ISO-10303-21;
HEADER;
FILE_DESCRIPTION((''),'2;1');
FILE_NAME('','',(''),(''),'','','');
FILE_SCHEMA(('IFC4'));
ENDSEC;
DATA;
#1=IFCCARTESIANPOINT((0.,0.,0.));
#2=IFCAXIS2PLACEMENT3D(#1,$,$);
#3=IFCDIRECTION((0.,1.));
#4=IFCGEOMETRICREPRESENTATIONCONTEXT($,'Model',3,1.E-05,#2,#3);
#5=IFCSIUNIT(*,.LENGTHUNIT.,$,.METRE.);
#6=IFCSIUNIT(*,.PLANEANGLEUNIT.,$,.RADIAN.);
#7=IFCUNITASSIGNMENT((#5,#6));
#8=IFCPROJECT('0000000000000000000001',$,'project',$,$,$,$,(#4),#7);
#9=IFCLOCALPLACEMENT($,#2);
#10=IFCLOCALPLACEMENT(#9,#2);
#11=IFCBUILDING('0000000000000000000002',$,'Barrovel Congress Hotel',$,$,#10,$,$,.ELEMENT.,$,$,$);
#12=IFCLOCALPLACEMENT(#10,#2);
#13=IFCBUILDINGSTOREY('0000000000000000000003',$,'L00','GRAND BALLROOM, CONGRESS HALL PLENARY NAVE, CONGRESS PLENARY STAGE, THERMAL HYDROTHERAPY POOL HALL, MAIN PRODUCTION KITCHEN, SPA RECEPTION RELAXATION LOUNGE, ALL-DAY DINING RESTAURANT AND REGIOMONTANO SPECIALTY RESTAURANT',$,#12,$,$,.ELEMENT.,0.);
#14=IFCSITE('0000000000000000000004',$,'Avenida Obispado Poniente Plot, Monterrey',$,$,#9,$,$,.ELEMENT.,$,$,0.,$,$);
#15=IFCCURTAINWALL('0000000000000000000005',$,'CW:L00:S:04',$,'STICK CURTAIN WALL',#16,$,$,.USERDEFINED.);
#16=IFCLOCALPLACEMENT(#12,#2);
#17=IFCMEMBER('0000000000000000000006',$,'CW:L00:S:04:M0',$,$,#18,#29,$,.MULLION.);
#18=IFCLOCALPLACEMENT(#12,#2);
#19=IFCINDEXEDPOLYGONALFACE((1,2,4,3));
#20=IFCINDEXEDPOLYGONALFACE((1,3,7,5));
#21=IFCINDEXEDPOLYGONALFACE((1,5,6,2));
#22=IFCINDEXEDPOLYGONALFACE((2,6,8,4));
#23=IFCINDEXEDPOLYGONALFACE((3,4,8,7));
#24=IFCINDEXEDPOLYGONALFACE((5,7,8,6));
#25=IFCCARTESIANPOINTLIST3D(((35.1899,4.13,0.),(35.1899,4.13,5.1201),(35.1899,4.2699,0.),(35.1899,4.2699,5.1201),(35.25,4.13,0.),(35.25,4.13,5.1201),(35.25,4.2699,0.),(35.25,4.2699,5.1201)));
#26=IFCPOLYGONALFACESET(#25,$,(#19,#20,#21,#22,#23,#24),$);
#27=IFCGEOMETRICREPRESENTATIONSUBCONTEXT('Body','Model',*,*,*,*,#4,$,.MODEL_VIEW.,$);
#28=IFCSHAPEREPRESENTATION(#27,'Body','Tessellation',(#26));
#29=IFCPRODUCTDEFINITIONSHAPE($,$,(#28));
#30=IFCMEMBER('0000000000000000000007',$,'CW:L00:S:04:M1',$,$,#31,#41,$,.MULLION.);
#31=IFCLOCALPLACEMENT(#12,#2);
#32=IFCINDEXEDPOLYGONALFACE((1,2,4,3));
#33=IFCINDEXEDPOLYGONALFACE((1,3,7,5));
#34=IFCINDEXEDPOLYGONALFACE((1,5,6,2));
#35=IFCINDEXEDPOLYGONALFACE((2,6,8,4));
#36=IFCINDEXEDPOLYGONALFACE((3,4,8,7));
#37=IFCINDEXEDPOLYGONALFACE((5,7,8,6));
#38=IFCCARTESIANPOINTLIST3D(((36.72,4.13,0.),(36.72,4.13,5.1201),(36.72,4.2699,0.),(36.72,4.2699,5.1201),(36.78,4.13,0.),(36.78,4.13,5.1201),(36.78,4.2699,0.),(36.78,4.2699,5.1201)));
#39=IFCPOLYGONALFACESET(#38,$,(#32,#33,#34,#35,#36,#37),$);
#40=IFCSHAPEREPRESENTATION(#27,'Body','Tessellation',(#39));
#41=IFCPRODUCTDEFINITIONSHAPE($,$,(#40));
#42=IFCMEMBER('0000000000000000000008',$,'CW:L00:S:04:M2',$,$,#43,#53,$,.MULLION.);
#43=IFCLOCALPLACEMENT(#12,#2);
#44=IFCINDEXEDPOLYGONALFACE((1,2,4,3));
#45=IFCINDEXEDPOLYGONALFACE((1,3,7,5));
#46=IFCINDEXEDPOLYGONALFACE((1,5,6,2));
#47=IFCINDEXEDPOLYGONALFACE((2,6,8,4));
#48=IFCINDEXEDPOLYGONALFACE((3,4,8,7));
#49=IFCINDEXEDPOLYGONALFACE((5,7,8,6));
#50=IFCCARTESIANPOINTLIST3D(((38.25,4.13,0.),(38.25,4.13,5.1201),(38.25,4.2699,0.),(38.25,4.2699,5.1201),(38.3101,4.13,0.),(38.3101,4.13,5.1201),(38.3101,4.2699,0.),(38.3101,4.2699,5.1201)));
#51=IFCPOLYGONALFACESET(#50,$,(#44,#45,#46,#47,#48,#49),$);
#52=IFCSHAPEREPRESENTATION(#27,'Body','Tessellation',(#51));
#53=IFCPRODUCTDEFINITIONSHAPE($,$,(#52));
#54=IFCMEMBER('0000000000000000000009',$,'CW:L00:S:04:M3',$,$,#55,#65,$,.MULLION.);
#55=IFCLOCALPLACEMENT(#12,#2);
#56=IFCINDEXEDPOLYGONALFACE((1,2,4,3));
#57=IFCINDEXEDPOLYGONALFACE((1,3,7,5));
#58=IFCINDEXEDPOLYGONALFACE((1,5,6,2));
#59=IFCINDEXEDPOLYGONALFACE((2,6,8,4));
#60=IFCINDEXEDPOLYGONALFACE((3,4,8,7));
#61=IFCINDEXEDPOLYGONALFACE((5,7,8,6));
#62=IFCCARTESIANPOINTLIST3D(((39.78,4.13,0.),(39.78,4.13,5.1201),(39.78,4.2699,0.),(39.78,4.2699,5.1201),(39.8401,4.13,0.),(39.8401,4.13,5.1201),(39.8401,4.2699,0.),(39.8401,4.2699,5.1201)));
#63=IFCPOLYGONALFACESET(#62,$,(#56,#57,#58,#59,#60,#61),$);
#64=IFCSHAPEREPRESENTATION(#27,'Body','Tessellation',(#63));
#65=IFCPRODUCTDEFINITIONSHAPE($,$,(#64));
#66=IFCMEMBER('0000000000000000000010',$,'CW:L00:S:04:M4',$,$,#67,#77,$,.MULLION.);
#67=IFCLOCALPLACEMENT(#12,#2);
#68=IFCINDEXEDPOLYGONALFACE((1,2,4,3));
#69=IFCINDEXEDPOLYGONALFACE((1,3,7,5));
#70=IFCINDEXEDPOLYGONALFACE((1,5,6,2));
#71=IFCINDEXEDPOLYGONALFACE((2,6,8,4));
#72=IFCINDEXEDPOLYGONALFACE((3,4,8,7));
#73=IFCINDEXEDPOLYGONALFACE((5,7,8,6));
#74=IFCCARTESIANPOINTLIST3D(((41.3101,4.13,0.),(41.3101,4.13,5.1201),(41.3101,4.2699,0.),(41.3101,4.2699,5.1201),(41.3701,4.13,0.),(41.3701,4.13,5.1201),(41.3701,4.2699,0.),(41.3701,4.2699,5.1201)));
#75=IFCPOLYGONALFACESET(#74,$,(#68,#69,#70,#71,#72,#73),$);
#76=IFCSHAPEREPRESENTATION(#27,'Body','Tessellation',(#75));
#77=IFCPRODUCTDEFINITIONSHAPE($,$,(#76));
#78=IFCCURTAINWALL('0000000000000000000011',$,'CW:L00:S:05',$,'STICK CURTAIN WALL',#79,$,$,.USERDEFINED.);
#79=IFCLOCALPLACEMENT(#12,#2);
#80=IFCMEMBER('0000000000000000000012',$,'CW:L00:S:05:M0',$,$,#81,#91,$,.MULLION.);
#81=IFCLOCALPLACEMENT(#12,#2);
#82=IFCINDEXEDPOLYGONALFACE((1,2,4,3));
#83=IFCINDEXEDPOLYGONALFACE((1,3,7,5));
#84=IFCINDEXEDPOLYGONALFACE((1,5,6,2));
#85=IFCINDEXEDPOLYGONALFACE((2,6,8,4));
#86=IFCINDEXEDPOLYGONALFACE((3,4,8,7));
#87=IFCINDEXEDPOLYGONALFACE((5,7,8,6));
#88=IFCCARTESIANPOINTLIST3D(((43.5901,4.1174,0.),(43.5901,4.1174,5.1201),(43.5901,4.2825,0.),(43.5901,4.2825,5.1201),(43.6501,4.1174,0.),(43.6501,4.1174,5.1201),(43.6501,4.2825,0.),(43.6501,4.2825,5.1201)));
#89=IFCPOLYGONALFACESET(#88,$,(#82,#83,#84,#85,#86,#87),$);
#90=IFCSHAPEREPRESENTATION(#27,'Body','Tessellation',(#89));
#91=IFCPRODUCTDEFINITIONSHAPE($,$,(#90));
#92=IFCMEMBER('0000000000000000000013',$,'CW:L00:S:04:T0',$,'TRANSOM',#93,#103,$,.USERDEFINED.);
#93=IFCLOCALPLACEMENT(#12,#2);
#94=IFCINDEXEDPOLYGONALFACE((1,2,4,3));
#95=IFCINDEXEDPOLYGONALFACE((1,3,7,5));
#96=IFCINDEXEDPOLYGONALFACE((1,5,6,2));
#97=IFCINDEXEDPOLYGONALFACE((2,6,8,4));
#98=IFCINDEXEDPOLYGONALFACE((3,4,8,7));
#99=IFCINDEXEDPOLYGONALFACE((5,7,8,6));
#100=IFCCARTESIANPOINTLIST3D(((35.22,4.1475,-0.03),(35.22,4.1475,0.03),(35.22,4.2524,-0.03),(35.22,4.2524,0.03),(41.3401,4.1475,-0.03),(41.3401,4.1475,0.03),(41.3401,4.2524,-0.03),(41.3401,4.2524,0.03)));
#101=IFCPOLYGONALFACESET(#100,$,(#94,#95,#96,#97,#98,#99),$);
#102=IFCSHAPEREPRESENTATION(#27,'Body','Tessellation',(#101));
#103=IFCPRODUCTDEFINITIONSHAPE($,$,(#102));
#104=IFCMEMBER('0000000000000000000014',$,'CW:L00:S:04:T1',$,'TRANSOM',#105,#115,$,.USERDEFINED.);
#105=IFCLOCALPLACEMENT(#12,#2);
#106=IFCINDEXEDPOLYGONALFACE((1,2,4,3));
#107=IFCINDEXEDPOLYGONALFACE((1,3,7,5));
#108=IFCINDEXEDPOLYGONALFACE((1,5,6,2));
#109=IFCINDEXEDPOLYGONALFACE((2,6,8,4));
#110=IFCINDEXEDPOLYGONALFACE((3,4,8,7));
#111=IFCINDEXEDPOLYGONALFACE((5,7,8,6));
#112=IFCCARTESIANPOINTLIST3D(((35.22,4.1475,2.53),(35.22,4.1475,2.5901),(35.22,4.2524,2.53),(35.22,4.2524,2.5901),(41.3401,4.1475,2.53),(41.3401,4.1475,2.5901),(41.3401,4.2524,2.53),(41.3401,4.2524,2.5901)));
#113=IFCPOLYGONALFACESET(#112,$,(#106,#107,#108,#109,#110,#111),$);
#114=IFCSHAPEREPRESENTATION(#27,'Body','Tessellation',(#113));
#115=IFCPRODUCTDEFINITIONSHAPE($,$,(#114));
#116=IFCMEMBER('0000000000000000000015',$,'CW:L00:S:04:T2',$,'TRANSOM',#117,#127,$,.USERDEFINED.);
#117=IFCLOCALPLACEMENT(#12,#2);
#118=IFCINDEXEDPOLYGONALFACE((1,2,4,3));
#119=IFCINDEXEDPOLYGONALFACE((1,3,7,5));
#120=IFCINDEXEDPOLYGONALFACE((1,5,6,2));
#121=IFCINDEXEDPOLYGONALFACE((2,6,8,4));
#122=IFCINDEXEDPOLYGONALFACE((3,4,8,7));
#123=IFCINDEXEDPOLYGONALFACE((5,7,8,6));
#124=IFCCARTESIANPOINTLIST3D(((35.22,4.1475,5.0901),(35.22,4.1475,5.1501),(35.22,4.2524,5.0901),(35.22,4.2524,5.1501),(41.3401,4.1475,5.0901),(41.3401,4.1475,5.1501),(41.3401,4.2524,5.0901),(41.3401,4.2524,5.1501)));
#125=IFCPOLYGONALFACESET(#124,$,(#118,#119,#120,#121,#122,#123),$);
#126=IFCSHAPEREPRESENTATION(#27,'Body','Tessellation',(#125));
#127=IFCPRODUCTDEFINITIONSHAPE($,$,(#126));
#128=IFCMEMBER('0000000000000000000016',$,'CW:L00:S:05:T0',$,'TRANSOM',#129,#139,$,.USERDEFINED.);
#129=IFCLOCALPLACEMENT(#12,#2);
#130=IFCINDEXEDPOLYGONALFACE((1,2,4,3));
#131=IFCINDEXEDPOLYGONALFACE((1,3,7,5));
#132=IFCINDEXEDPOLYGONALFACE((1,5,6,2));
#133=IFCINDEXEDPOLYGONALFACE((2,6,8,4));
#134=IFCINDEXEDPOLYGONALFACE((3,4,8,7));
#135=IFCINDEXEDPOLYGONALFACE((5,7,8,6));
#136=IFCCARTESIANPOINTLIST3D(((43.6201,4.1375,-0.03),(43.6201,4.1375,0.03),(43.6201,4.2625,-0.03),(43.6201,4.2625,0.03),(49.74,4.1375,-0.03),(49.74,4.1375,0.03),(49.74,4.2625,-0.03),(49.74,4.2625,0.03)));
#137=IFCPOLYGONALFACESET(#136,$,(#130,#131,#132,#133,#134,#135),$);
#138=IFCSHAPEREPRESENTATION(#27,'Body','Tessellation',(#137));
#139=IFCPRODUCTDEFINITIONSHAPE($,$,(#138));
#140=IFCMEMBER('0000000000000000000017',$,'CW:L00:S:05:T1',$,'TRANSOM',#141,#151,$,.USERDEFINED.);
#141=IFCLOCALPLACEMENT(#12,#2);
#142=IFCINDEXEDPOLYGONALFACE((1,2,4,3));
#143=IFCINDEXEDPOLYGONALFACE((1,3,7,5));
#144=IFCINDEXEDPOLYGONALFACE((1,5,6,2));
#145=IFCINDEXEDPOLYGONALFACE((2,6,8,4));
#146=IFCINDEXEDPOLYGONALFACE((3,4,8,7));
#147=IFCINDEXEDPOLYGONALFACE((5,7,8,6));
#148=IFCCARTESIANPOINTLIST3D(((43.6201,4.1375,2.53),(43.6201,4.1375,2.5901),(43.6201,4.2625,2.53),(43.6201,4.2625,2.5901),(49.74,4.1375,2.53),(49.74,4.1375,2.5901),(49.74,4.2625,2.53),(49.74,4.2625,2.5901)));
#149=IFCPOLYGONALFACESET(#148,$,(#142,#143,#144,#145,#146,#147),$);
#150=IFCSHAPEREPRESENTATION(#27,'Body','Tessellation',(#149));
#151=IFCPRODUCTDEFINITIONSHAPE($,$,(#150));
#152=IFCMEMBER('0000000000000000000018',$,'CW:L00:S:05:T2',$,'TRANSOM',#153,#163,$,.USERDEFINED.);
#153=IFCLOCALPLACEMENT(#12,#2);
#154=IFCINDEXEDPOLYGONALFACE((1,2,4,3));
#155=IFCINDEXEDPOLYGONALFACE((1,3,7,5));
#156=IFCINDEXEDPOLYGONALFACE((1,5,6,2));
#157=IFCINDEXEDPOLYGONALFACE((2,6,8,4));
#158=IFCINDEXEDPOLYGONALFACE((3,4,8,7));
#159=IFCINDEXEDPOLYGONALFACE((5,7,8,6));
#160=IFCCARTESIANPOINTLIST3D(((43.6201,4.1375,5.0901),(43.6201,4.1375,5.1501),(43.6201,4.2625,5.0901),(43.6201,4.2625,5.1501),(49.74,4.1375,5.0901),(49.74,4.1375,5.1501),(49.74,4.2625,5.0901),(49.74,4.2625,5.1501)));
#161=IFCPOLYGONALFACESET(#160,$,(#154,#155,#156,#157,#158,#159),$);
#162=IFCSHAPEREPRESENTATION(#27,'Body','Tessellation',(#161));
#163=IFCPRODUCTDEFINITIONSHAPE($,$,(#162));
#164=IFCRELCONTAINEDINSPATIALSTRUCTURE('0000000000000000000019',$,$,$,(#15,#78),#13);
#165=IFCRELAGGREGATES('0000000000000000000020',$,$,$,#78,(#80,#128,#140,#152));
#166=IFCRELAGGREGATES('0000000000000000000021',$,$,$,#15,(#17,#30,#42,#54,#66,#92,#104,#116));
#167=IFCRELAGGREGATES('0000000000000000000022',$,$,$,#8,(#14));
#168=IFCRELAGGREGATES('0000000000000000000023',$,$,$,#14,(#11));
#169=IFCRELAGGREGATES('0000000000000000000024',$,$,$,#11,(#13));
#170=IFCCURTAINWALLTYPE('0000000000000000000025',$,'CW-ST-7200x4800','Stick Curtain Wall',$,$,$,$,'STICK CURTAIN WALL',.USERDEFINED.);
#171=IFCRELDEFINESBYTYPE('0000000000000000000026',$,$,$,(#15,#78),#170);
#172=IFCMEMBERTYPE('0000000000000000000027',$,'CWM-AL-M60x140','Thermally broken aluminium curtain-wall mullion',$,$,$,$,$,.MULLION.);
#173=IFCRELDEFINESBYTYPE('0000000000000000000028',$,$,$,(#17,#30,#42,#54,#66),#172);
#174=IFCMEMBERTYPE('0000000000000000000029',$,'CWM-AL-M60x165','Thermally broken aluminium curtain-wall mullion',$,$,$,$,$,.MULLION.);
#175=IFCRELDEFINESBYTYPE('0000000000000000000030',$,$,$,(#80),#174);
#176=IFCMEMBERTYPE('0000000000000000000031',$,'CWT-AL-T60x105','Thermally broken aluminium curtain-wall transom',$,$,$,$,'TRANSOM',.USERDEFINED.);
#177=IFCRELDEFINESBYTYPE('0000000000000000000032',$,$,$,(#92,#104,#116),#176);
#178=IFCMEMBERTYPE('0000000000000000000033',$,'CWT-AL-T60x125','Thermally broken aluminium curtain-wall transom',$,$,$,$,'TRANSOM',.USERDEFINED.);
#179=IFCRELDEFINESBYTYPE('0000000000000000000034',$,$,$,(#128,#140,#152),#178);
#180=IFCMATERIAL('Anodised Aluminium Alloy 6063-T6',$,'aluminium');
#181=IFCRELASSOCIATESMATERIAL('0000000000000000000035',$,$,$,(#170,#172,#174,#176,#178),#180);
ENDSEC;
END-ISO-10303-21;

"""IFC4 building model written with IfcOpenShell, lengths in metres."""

from ifc_helpers import new_model, si_unit, direction, frame, origin, origin_2d, place, context, subcontext, project, spatial, rectangle, extrude, material, material_profile, profile_set, type_object, element, aggregate, save


model = new_model("IFC4")

# Units and contexts
model_context = context("Model", 3, precision=1e-05, world=origin(), true_north=direction((0.0, 1.0)))
body_context = subcontext(model_context, "Body", "Model", "MODEL_VIEW")
ifc_project = project(units=[si_unit("LENGTHUNIT", "METRE"), si_unit("PLANEANGLEUNIT", "RADIAN")], contexts=[model_context])

# Site, building, storey
site_placement = place(None, origin())
site = spatial("IfcSite", under=ifc_project, at=site_placement, Name="Avenida Obispado Poniente Plot, Monterrey", CompositionType="ELEMENT", RefElevation=0.0)
building_placement = place(site_placement, origin())
building = spatial("IfcBuilding", under=site, at=building_placement, Name="Barrovel Congress Hotel", CompositionType="ELEMENT")
storey_placement = place(building_placement, origin())
storey = spatial("IfcBuildingStorey", under=building, at=storey_placement, Name="L00", Description="GRAND BALLROOM, CONGRESS HALL PLENARY NAVE, CONGRESS PLENARY STAGE, THERMAL HYDROTHERAPY POOL HALL, MAIN PRODUCTION KITCHEN, SPA RECEPTION RELAXATION LOUNGE, ALL-DAY DINING RESTAURANT AND REGIOMONTANO SPECIALTY RESTAURANT", CompositionType="ELEMENT", Elevation=0.0)

# Curtain wall, members
ifc_material_1 = material(Name="Anodised Aluminium Alloy 6063-T6", Category="aluminium")
curtain_wall_type = type_object("IfcCurtainWallType", Name="CW-ST-7200x4800", Description="Stick Curtain Wall", ElementType="STICK CURTAIN WALL", PredefinedType="USERDEFINED", material=ifc_material_1)
curtain_wall_1_placement = place(storey_placement, origin())
curtain_wall_1 = element("IfcCurtainWall", 1, at=curtain_wall_1_placement, inside=storey, type_object=curtain_wall_type, Name="CW:L00:S:04", ObjectType="STICK CURTAIN WALL", PredefinedType="USERDEFINED")
ifc_material_profile_1 = material_profile(ifc_material_1, rectangle(XDim=0.0601, YDim=0.1399, at=origin_2d()), Name="AL-M60x140")
ifc_profile_set_1 = profile_set([ifc_material_profile_1], Name="Anodised Aluminium Alloy 6063-T6")
member_type_1 = type_object("IfcMemberType", Name="CWM-AL-M60x140", Description="Thermally broken aluminium curtain-wall mullion", PredefinedType="MULLION", material=ifc_profile_set_1)
member_1_placement = place(storey_placement, frame((35.22, 4.2, 0.0), z_axis=(0.0, 0.0, 1.0), x_axis=(1.0, 0.0, 0.0)))
member_1 = element("IfcMember", 2, at=member_1_placement, type_object=member_type_1, Name="CW:L00:S:04:M0", PredefinedType="MULLION", context=body_context, shape_type="SweptSolid", body=[
    extrude(rectangle(XDim=0.0601, YDim=0.1399, at=origin_2d()), origin(), (0.0, 0.0, 1.0), 5.1201),
])
member_2_placement = place(storey_placement, frame((36.75, 4.2, 0.0), z_axis=(0.0, 0.0, 1.0), x_axis=(1.0, 0.0, 0.0)))
member_2 = element("IfcMember", 3, at=member_2_placement, type_object=member_type_1, Name="CW:L00:S:04:M1", PredefinedType="MULLION", context=body_context, shape_type="SweptSolid", body=[
    extrude(rectangle(XDim=0.0601, YDim=0.1399, at=origin_2d()), origin(), (0.0, 0.0, 1.0), 5.1201),
])
member_3_placement = place(storey_placement, frame((38.28, 4.2, 0.0), z_axis=(0.0, 0.0, 1.0), x_axis=(1.0, 0.0, 0.0)))
member_3 = element("IfcMember", 4, at=member_3_placement, type_object=member_type_1, Name="CW:L00:S:04:M2", PredefinedType="MULLION", context=body_context, shape_type="SweptSolid", body=[
    extrude(rectangle(XDim=0.0601, YDim=0.1399, at=origin_2d()), origin(), (0.0, 0.0, 1.0), 5.1201),
])
member_4_placement = place(storey_placement, frame((39.8101, 4.2, 0.0), z_axis=(0.0, 0.0, 1.0), x_axis=(1.0, 0.0, 0.0)))
member_4 = element("IfcMember", 5, at=member_4_placement, type_object=member_type_1, Name="CW:L00:S:04:M3", PredefinedType="MULLION", context=body_context, shape_type="SweptSolid", body=[
    extrude(rectangle(XDim=0.0601, YDim=0.1399, at=origin_2d()), origin(), (0.0, 0.0, 1.0), 5.1201),
])
member_5_placement = place(storey_placement, frame((41.3401, 4.2, 0.0), z_axis=(0.0, 0.0, 1.0), x_axis=(1.0, 0.0, 0.0)))
member_5 = element("IfcMember", 6, at=member_5_placement, type_object=member_type_1, Name="CW:L00:S:04:M4", PredefinedType="MULLION", context=body_context, shape_type="SweptSolid", body=[
    extrude(rectangle(XDim=0.0601, YDim=0.1399, at=origin_2d()), origin(), (0.0, 0.0, 1.0), 5.1201),
])

# Curtain wall, member
curtain_wall_2_placement = place(storey_placement, origin())
curtain_wall_2 = element("IfcCurtainWall", 7, at=curtain_wall_2_placement, inside=storey, type_object=curtain_wall_type, Name="CW:L00:S:05", ObjectType="STICK CURTAIN WALL", PredefinedType="USERDEFINED")
ifc_material_profile_2 = material_profile(ifc_material_1, rectangle(XDim=0.0601, YDim=0.165, at=origin_2d()), Name="AL-M60x165")
ifc_profile_set_2 = profile_set([ifc_material_profile_2], Name="Anodised Aluminium Alloy 6063-T6")
member_type_2 = type_object("IfcMemberType", Name="CWM-AL-M60x165", Description="Thermally broken aluminium curtain-wall mullion", PredefinedType="MULLION", material=ifc_profile_set_2)
member_6_placement = place(storey_placement, frame((43.6201, 4.2, 0.0), z_axis=(0.0, 0.0, 1.0), x_axis=(1.0, 0.0, 0.0)))
member_6 = element("IfcMember", 8, at=member_6_placement, type_object=member_type_2, Name="CW:L00:S:05:M0", PredefinedType="MULLION", context=body_context, shape_type="SweptSolid", body=[
    extrude(rectangle(XDim=0.0601, YDim=0.165, at=origin_2d()), origin(), (0.0, 0.0, 1.0), 5.1201),
])

# Members
ifc_material_profile_3 = material_profile(ifc_material_1, rectangle(XDim=0.105, YDim=0.0601, at=origin_2d()), Name="AL-T60x105")
ifc_profile_set_3 = profile_set([ifc_material_profile_3], Name="Anodised Aluminium Alloy 6063-T6")
member_type_3 = type_object("IfcMemberType", Name="CWT-AL-T60x105", Description="Thermally broken aluminium curtain-wall transom", ElementType="TRANSOM", PredefinedType="USERDEFINED", material=ifc_profile_set_3)
member_7_placement = place(storey_placement, frame((35.22, 4.2, 0.0), z_axis=(1.0, 0.0, 0.0), x_axis=(0.0, 1.0, 0.0)))
member_7 = element("IfcMember", 9, at=member_7_placement, type_object=member_type_3, Name="CW:L00:S:04:T0", ObjectType="TRANSOM", PredefinedType="USERDEFINED", context=body_context, shape_type="SweptSolid", body=[
    extrude(rectangle(XDim=0.105, YDim=0.0601, at=origin_2d()), origin(), (0.0, 0.0, 1.0), 6.1201),
])
member_8_placement = place(storey_placement, frame((35.22, 4.2, 2.5601), z_axis=(1.0, 0.0, 0.0), x_axis=(0.0, 1.0, 0.0)))
member_8 = element("IfcMember", 10, at=member_8_placement, type_object=member_type_3, Name="CW:L00:S:04:T1", ObjectType="TRANSOM", PredefinedType="USERDEFINED", context=body_context, shape_type="SweptSolid", body=[
    extrude(rectangle(XDim=0.105, YDim=0.0601, at=origin_2d()), origin(), (0.0, 0.0, 1.0), 6.1201),
])
member_9_placement = place(storey_placement, frame((35.22, 4.2, 5.1201), z_axis=(1.0, 0.0, 0.0), x_axis=(0.0, 1.0, 0.0)))
member_9 = element("IfcMember", 11, at=member_9_placement, type_object=member_type_3, Name="CW:L00:S:04:T2", ObjectType="TRANSOM", PredefinedType="USERDEFINED", context=body_context, shape_type="SweptSolid", body=[
    extrude(rectangle(XDim=0.105, YDim=0.0601, at=origin_2d()), origin(), (0.0, 0.0, 1.0), 6.1201),
])
ifc_material_profile_4 = material_profile(ifc_material_1, rectangle(XDim=0.125, YDim=0.0601, at=origin_2d()), Name="AL-T60x125")
ifc_profile_set_4 = profile_set([ifc_material_profile_4], Name="Anodised Aluminium Alloy 6063-T6")
member_type_4 = type_object("IfcMemberType", Name="CWT-AL-T60x125", Description="Thermally broken aluminium curtain-wall transom", ElementType="TRANSOM", PredefinedType="USERDEFINED", material=ifc_profile_set_4)
member_10_placement = place(storey_placement, frame((43.6201, 4.2, 0.0), z_axis=(1.0, 0.0, 0.0), x_axis=(0.0, 1.0, 0.0)))
member_10 = element("IfcMember", 12, at=member_10_placement, type_object=member_type_4, Name="CW:L00:S:05:T0", ObjectType="TRANSOM", PredefinedType="USERDEFINED", context=body_context, shape_type="SweptSolid", body=[
    extrude(rectangle(XDim=0.125, YDim=0.0601, at=origin_2d()), origin(), (0.0, 0.0, 1.0), 6.1199),
])
member_11_placement = place(storey_placement, frame((43.6201, 4.2, 2.5601), z_axis=(1.0, 0.0, 0.0), x_axis=(0.0, 1.0, 0.0)))
member_11 = element("IfcMember", 13, at=member_11_placement, type_object=member_type_4, Name="CW:L00:S:05:T1", ObjectType="TRANSOM", PredefinedType="USERDEFINED", context=body_context, shape_type="SweptSolid", body=[
    extrude(rectangle(XDim=0.125, YDim=0.0601, at=origin_2d()), origin(), (0.0, 0.0, 1.0), 6.1199),
])
member_12_placement = place(storey_placement, frame((43.6201, 4.2, 5.1201), z_axis=(1.0, 0.0, 0.0), x_axis=(0.0, 1.0, 0.0)))
member_12 = element("IfcMember", 14, at=member_12_placement, type_object=member_type_4, Name="CW:L00:S:05:T2", ObjectType="TRANSOM", PredefinedType="USERDEFINED", context=body_context, shape_type="SweptSolid", body=[
    extrude(rectangle(XDim=0.125, YDim=0.0601, at=origin_2d()), origin(), (0.0, 0.0, 1.0), 6.1199),
])
aggregate(curtain_wall_2, [member_6, member_10, member_11, member_12])

aggregate(curtain_wall_1, [member_1, member_2, member_3, member_4, member_5, member_7, member_8, member_9])

save(model, "model.ifc")
